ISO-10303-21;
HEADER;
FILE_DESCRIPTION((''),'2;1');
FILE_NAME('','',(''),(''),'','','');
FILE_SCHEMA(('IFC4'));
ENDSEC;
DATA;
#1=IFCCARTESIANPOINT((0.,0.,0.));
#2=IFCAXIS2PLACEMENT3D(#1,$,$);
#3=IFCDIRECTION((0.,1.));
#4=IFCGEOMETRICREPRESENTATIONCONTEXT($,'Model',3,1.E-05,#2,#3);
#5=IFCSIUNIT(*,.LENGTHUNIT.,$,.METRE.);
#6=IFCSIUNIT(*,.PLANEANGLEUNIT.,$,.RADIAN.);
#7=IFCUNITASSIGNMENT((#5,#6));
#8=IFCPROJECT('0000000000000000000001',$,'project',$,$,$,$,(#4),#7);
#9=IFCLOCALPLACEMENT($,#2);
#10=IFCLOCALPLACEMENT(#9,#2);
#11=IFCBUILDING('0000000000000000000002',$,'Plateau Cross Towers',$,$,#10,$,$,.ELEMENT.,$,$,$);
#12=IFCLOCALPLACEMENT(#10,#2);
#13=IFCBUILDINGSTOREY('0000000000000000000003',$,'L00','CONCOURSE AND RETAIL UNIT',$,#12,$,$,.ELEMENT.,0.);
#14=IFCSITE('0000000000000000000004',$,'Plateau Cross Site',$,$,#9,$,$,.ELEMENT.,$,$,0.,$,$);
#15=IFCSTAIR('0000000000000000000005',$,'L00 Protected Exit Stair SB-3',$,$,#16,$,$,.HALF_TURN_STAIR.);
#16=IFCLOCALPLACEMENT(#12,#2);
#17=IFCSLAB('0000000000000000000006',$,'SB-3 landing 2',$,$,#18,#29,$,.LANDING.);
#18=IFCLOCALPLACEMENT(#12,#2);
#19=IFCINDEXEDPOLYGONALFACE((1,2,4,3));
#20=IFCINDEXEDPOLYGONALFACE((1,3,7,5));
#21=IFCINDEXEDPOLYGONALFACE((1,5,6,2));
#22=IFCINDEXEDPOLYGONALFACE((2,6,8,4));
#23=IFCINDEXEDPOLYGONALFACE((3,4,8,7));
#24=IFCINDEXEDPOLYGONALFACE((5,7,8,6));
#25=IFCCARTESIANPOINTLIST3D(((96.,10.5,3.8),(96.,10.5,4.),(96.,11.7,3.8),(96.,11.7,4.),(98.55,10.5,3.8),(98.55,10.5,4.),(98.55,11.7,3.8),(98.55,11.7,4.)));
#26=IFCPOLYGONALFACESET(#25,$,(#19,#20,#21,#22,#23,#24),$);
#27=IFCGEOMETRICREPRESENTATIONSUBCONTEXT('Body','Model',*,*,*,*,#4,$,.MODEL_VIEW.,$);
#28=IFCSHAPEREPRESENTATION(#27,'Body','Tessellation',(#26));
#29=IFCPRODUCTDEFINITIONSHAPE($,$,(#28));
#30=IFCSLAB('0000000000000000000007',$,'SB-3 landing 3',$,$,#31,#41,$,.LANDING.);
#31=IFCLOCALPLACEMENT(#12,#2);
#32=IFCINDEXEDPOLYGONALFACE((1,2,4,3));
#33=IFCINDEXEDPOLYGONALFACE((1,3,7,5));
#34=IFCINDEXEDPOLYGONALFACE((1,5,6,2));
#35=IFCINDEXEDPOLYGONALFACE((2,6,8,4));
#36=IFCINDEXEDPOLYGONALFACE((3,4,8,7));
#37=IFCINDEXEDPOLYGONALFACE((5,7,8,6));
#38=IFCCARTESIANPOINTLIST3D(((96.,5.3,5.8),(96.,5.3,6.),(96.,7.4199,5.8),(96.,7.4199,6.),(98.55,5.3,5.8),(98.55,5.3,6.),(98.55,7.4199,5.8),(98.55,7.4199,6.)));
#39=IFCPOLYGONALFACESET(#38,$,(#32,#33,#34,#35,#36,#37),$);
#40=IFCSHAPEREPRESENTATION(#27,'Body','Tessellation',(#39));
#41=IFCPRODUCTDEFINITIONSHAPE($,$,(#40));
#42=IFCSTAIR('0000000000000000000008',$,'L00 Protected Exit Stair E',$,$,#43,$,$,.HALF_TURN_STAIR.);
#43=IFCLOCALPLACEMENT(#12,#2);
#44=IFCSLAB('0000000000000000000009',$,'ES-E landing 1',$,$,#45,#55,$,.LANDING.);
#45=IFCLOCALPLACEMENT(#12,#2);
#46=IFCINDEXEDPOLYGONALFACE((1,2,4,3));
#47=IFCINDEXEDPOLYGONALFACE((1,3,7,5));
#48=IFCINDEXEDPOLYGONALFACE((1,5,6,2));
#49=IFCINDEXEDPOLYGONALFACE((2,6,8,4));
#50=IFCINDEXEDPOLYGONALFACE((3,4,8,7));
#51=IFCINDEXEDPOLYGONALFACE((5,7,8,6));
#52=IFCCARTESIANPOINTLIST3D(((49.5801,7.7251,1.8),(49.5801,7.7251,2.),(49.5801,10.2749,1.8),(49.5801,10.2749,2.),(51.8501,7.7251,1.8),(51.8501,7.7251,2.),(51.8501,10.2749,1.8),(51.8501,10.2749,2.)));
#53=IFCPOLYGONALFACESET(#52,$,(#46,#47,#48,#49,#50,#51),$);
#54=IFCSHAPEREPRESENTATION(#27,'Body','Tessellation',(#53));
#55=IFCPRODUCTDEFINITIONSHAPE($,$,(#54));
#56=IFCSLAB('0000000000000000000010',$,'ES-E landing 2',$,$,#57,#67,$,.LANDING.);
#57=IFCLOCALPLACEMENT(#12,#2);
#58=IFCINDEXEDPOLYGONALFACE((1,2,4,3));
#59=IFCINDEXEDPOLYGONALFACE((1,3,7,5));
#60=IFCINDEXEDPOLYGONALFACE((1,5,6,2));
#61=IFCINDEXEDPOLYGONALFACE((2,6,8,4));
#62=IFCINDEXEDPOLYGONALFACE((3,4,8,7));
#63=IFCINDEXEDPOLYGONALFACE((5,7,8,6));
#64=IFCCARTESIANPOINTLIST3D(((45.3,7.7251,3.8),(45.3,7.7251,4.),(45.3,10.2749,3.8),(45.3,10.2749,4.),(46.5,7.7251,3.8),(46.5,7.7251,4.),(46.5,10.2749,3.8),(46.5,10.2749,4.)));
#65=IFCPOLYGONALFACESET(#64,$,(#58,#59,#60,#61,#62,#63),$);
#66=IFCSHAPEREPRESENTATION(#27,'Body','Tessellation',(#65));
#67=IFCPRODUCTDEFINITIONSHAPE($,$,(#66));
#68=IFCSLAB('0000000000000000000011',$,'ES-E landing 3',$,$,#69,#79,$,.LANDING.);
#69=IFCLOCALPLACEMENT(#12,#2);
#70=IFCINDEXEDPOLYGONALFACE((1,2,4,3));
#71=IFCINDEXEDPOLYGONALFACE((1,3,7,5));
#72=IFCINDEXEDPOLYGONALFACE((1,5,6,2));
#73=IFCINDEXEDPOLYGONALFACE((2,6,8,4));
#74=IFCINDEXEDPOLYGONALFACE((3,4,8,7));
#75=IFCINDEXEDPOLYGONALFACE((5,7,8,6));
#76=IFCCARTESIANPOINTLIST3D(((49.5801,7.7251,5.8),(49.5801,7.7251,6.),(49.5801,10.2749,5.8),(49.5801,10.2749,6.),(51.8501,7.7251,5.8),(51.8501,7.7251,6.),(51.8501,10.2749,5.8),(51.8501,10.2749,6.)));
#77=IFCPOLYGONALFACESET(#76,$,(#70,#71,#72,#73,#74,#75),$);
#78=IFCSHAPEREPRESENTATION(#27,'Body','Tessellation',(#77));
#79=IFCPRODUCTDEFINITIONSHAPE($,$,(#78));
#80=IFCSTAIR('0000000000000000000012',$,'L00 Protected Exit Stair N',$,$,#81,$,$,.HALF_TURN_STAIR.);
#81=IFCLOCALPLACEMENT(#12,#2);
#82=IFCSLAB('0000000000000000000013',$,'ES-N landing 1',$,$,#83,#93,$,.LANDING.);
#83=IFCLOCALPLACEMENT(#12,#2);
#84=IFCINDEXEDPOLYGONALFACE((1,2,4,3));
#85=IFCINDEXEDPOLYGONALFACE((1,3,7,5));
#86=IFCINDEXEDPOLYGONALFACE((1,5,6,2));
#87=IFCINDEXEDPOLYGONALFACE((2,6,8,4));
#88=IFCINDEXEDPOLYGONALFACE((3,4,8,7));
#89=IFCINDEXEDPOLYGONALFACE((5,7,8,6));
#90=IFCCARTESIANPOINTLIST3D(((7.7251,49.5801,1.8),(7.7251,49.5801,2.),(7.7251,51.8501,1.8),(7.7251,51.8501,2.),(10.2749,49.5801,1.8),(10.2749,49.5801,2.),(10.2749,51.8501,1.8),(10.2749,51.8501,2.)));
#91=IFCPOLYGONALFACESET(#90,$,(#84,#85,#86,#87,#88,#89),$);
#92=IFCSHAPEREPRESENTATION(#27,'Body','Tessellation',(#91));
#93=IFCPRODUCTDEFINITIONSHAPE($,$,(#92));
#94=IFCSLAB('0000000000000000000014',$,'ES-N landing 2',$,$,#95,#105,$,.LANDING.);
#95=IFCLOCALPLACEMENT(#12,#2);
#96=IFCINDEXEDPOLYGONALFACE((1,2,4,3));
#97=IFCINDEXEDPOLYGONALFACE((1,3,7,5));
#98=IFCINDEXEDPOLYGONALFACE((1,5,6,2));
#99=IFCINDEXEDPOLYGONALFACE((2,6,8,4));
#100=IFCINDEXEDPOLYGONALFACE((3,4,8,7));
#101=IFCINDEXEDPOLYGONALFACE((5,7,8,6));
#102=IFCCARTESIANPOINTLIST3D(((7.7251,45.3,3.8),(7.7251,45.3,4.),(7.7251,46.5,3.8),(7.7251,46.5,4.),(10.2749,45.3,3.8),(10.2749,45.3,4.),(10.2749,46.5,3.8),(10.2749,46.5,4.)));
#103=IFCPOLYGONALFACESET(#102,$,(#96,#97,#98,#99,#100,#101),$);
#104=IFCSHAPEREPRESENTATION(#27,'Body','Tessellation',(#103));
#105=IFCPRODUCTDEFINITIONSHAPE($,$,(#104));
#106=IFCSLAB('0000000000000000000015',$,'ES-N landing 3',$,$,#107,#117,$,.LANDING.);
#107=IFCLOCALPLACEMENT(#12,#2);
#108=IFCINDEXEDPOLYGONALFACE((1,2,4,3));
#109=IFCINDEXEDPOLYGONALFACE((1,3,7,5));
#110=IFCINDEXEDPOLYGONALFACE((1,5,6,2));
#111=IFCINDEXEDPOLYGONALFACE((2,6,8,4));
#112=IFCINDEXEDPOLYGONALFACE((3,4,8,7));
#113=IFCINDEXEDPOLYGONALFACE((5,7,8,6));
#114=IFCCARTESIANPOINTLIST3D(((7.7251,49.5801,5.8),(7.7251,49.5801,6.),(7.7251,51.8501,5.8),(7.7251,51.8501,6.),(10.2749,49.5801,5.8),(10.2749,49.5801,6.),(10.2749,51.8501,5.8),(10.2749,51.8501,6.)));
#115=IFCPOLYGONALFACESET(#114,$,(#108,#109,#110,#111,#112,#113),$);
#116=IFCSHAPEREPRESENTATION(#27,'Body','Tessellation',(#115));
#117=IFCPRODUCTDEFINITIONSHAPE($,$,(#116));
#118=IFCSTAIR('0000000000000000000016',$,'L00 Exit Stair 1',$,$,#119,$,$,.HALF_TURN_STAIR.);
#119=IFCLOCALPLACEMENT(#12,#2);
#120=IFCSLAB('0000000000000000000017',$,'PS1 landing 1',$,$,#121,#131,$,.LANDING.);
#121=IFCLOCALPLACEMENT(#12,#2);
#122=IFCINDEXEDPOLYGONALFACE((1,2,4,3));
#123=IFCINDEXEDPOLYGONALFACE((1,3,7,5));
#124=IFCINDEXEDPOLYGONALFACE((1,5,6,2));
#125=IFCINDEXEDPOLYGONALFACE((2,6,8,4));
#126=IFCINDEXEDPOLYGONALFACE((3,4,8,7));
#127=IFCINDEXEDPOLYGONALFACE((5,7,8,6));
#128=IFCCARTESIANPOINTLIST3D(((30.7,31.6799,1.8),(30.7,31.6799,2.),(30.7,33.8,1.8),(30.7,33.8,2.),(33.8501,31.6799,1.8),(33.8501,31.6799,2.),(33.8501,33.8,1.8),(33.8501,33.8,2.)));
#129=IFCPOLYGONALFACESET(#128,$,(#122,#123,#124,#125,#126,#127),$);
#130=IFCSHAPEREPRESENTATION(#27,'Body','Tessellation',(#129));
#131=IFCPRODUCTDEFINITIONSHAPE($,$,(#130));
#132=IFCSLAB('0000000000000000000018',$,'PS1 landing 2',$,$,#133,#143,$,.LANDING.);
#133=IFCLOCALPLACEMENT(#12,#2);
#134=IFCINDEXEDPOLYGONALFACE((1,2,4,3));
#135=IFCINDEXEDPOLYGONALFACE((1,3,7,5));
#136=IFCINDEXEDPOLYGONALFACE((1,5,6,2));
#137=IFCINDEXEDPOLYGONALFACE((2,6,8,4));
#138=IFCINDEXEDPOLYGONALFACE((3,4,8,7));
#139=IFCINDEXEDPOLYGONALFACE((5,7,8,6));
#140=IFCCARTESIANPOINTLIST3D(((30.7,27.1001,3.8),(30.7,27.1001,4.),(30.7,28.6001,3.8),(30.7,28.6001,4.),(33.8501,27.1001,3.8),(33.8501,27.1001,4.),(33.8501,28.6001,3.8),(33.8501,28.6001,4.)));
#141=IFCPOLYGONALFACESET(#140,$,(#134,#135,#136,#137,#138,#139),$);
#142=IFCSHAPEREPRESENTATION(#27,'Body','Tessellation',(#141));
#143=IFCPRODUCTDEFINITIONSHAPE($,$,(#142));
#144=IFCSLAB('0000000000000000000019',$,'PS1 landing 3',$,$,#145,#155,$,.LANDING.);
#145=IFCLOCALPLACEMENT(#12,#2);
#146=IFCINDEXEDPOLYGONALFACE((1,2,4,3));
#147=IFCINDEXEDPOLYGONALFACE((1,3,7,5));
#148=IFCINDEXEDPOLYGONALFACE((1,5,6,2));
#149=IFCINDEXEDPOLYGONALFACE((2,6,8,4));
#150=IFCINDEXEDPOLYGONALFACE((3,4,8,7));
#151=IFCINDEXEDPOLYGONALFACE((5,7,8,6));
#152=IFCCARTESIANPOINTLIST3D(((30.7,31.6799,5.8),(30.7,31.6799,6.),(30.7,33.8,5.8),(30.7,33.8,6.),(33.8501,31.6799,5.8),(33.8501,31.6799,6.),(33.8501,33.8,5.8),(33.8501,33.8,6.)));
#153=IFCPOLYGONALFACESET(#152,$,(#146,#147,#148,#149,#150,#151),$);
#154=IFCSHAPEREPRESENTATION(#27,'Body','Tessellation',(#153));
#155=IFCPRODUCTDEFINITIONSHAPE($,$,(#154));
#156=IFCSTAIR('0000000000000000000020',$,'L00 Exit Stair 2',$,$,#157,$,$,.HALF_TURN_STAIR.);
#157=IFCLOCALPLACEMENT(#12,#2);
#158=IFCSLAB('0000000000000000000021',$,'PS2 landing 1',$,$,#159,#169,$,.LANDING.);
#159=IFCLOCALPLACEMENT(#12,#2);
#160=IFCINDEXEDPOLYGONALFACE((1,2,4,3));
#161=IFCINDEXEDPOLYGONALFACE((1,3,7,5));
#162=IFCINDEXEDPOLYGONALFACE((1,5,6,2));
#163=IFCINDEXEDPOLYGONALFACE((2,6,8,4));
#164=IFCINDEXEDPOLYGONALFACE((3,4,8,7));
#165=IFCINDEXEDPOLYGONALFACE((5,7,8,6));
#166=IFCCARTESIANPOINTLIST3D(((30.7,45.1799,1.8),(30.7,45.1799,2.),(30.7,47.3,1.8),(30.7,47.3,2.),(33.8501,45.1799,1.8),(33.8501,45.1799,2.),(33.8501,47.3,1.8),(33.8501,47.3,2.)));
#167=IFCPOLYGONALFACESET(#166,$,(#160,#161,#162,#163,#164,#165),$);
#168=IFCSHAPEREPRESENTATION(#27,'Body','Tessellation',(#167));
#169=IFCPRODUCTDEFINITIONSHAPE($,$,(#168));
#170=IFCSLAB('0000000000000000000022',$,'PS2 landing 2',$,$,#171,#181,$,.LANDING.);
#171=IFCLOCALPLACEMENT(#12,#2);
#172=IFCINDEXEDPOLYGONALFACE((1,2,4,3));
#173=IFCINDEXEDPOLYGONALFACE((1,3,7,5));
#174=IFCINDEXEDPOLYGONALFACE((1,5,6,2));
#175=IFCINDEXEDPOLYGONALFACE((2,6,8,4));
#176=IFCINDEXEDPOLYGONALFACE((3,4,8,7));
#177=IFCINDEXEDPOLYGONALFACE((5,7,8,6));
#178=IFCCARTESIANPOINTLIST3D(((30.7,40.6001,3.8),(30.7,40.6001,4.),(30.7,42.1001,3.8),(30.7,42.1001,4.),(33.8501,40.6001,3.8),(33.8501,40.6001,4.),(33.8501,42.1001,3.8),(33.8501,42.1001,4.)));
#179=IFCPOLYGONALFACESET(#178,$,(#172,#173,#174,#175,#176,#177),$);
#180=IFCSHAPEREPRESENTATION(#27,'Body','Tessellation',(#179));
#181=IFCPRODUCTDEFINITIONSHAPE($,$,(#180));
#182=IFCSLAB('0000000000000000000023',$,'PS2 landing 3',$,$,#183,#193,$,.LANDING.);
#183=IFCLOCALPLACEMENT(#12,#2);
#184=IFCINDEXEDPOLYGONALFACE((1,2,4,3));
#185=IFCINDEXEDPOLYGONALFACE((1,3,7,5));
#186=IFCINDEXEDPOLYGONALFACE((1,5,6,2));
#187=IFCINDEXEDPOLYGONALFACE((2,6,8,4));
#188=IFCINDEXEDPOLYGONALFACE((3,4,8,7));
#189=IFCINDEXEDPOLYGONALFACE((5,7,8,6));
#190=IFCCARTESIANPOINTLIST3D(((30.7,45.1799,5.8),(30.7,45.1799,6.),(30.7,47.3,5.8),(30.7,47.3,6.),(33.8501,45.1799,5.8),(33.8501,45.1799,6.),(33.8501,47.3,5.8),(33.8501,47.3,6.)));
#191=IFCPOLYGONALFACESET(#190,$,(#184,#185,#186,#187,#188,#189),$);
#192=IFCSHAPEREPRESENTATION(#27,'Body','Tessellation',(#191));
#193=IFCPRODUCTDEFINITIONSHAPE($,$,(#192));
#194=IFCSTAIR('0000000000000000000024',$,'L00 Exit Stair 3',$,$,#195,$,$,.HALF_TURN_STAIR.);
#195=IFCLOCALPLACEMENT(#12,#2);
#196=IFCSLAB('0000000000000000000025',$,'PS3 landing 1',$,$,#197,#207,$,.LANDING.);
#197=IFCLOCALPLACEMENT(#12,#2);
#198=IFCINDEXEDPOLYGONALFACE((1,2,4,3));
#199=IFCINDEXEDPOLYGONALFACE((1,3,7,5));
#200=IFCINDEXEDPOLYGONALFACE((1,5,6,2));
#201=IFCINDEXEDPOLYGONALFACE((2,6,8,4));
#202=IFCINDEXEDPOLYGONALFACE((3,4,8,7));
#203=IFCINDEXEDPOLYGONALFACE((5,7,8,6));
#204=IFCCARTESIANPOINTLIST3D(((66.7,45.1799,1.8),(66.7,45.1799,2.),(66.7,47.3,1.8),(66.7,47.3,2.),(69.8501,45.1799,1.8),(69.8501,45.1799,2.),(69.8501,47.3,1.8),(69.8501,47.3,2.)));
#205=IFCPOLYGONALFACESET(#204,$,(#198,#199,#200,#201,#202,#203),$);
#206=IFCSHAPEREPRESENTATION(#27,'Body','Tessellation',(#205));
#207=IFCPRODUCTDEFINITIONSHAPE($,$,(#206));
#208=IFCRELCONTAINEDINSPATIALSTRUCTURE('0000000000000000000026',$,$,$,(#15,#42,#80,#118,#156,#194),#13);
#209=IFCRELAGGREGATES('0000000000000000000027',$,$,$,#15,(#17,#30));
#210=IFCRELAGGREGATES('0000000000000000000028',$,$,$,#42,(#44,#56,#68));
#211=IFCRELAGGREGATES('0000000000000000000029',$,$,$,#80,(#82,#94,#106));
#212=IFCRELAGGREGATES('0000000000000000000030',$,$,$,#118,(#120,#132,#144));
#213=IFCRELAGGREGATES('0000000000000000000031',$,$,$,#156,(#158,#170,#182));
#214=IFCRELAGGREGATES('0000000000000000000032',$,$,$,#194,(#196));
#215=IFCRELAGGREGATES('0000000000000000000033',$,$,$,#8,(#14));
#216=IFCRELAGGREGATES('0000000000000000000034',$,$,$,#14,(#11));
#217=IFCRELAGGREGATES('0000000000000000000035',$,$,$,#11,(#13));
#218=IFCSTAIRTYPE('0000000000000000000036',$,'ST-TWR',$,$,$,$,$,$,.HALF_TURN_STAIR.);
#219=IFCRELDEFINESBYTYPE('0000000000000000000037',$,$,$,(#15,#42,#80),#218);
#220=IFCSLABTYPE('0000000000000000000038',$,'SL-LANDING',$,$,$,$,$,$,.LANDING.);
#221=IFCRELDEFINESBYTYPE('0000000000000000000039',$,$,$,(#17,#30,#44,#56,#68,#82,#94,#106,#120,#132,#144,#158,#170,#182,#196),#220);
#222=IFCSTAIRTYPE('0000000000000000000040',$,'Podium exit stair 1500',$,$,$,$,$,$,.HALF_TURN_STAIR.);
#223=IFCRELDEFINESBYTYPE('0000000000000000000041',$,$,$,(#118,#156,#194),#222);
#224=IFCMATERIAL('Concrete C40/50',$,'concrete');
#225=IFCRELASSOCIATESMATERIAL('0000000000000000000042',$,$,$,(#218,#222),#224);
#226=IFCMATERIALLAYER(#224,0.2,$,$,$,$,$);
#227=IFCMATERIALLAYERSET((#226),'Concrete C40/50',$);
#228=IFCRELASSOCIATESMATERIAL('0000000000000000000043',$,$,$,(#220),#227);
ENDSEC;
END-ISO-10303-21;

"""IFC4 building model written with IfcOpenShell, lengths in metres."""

from ifc_helpers import new_model, si_unit, direction, frame, origin, place, context, subcontext, project, spatial, polyline, outline, extrude, material, layer, layer_set, type_object, element, aggregate, save


model = new_model("IFC4")

# Units and contexts
model_context = context("Model", 3, precision=1e-05, world=origin(), true_north=direction((0.0, 1.0)))
body_context = subcontext(model_context, "Body", "Model", "MODEL_VIEW")
ifc_project = project(units=[si_unit("LENGTHUNIT", "METRE"), si_unit("PLANEANGLEUNIT", "RADIAN")], contexts=[model_context])

# Site, building, storey
site_placement = place(None, origin())
site = spatial("IfcSite", under=ifc_project, at=site_placement, Name="Plateau Cross Site", CompositionType="ELEMENT", RefElevation=0.0)
building_placement = place(site_placement, origin())
building = spatial("IfcBuilding", under=site, at=building_placement, Name="Plateau Cross Towers", CompositionType="ELEMENT")
storey_placement = place(building_placement, origin())
storey = spatial("IfcBuildingStorey", under=building, at=storey_placement, Name="L00", Description="CONCOURSE AND RETAIL UNIT", CompositionType="ELEMENT", Elevation=0.0)

# Stairs, slabs
ifc_material_1 = material(Name="Concrete C40/50", Category="concrete")
stair_type_1 = type_object("IfcStairType", Name="ST-TWR", PredefinedType="HALF_TURN_STAIR", material=ifc_material_1)
ifc_layer_1 = layer(ifc_material_1, 0.2)
ifc_layer_set_1 = layer_set([ifc_layer_1], Name="Concrete C40/50")
slab_type = type_object("IfcSlabType", Name="SL-LANDING", PredefinedType="LANDING", material=ifc_layer_set_1)
stair_1_placement = place(storey_placement, origin())
stair_1 = element("IfcStair", 1, at=stair_1_placement, inside=storey, type_object=stair_type_1, Name="L00 Protected Exit Stair SB-3", PredefinedType="HALF_TURN_STAIR")
slab_1_placement = place(storey_placement, frame((0.0, 0.0, 3.8)))
slab_1 = element("IfcSlab", 2, at=slab_1_placement, type_object=slab_type, Name="SB-3 landing 2", PredefinedType="LANDING", context=body_context, shape_type="SweptSolid", body=[
    extrude(outline(polyline([(96.0, 11.7), (96.0, 10.5), (98.55, 10.5), (98.55, 11.7), (96.0, 11.7)])), origin(), (0.0, 0.0, 1.0), 0.2),
])
slab_2_placement = place(storey_placement, frame((0.0, 0.0, 5.8)))
slab_2 = element("IfcSlab", 3, at=slab_2_placement, type_object=slab_type, Name="SB-3 landing 3", PredefinedType="LANDING", context=body_context, shape_type="SweptSolid", body=[
    extrude(outline(polyline([(96.0, 7.4199), (96.0, 5.3), (98.55, 5.3), (98.55, 7.4199), (96.0, 7.4199)])), origin(), (0.0, 0.0, 1.0), 0.2),
])
aggregate(stair_1, [slab_1, slab_2])
stair_2_placement = place(storey_placement, origin())
stair_2 = element("IfcStair", 4, at=stair_2_placement, inside=storey, type_object=stair_type_1, Name="L00 Protected Exit Stair E", PredefinedType="HALF_TURN_STAIR")
slab_3_placement = place(storey_placement, frame((0.0, 0.0, 1.8)))
slab_3 = element("IfcSlab", 5, at=slab_3_placement, type_object=slab_type, Name="ES-E landing 1", PredefinedType="LANDING", context=body_context, shape_type="SweptSolid", body=[
    extrude(outline(polyline([(49.5801, 7.7251), (51.8501, 7.7251), (51.8501, 10.2749), (49.5801, 10.2749), (49.5801, 7.7251)])), origin(), (0.0, 0.0, 1.0), 0.2),
])
slab_4_placement = place(storey_placement, frame((0.0, 0.0, 3.8)))
slab_4 = element("IfcSlab", 6, at=slab_4_placement, type_object=slab_type, Name="ES-E landing 2", PredefinedType="LANDING", context=body_context, shape_type="SweptSolid", body=[
    extrude(outline(polyline([(45.3, 7.7251), (46.5, 7.7251), (46.5, 10.2749), (45.3, 10.2749), (45.3, 7.7251)])), origin(), (0.0, 0.0, 1.0), 0.2),
])
slab_5_placement = place(storey_placement, frame((0.0, 0.0, 5.8)))
slab_5 = element("IfcSlab", 7, at=slab_5_placement, type_object=slab_type, Name="ES-E landing 3", PredefinedType="LANDING", context=body_context, shape_type="SweptSolid", body=[
    extrude(outline(polyline([(49.5801, 7.7251), (51.8501, 7.7251), (51.8501, 10.2749), (49.5801, 10.2749), (49.5801, 7.7251)])), origin(), (0.0, 0.0, 1.0), 0.2),
])
aggregate(stair_2, [slab_3, slab_4, slab_5])
stair_3_placement = place(storey_placement, origin())
stair_3 = element("IfcStair", 8, at=stair_3_placement, inside=storey, type_object=stair_type_1, Name="L00 Protected Exit Stair N", PredefinedType="HALF_TURN_STAIR")
slab_6_placement = place(storey_placement, frame((0.0, 0.0, 1.8)))
slab_6 = element("IfcSlab", 9, at=slab_6_placement, type_object=slab_type, Name="ES-N landing 1", PredefinedType="LANDING", context=body_context, shape_type="SweptSolid", body=[
    extrude(outline(polyline([(10.2749, 49.5801), (10.2749, 51.8501), (7.7251, 51.8501), (7.7251, 49.5801), (10.2749, 49.5801)])), origin(), (0.0, 0.0, 1.0), 0.2),
])
slab_7_placement = place(storey_placement, frame((0.0, 0.0, 3.8)))
slab_7 = element("IfcSlab", 10, at=slab_7_placement, type_object=slab_type, Name="ES-N landing 2", PredefinedType="LANDING", context=body_context, shape_type="SweptSolid", body=[
    extrude(outline(polyline([(10.2749, 45.3), (10.2749, 46.5), (7.7251, 46.5), (7.7251, 45.3), (10.2749, 45.3)])), origin(), (0.0, 0.0, 1.0), 0.2),
])
slab_8_placement = place(storey_placement, frame((0.0, 0.0, 5.8)))
slab_8 = element("IfcSlab", 11, at=slab_8_placement, type_object=slab_type, Name="ES-N landing 3", PredefinedType="LANDING", context=body_context, shape_type="SweptSolid", body=[
    extrude(outline(polyline([(10.2749, 49.5801), (10.2749, 51.8501), (7.7251, 51.8501), (7.7251, 49.5801), (10.2749, 49.5801)])), origin(), (0.0, 0.0, 1.0), 0.2),
])
aggregate(stair_3, [slab_6, slab_7, slab_8])
stair_type_2 = type_object("IfcStairType", Name="Podium exit stair 1500", PredefinedType="HALF_TURN_STAIR", material=ifc_material_1)
stair_4_placement = place(storey_placement, origin())
stair_4 = element("IfcStair", 12, at=stair_4_placement, inside=storey, type_object=stair_type_2, Name="L00 Exit Stair 1", PredefinedType="HALF_TURN_STAIR")
slab_9_placement = place(storey_placement, frame((0.0, 0.0, 1.8)))
slab_9 = element("IfcSlab", 13, at=slab_9_placement, type_object=slab_type, Name="PS1 landing 1", PredefinedType="LANDING", context=body_context, shape_type="SweptSolid", body=[
    extrude(outline(polyline([(33.8501, 31.6799), (33.8501, 33.8), (30.7, 33.8), (30.7, 31.6799), (33.8501, 31.6799)])), origin(), (0.0, 0.0, 1.0), 0.2),
])
slab_10_placement = place(storey_placement, frame((0.0, 0.0, 3.8)))
slab_10 = element("IfcSlab", 14, at=slab_10_placement, type_object=slab_type, Name="PS1 landing 2", PredefinedType="LANDING", context=body_context, shape_type="SweptSolid", body=[
    extrude(outline(polyline([(33.8501, 27.1001), (33.8501, 28.6001), (30.7, 28.6001), (30.7, 27.1001), (33.8501, 27.1001)])), origin(), (0.0, 0.0, 1.0), 0.2),
])
slab_11_placement = place(storey_placement, frame((0.0, 0.0, 5.8)))
slab_11 = element("IfcSlab", 15, at=slab_11_placement, type_object=slab_type, Name="PS1 landing 3", PredefinedType="LANDING", context=body_context, shape_type="SweptSolid", body=[
    extrude(outline(polyline([(33.8501, 31.6799), (33.8501, 33.8), (30.7, 33.8), (30.7, 31.6799), (33.8501, 31.6799)])), origin(), (0.0, 0.0, 1.0), 0.2),
])
aggregate(stair_4, [slab_9, slab_10, slab_11])
stair_5_placement = place(storey_placement, origin())
stair_5 = element("IfcStair", 16, at=stair_5_placement, inside=storey, type_object=stair_type_2, Name="L00 Exit Stair 2", PredefinedType="HALF_TURN_STAIR")
slab_12_placement = place(storey_placement, frame((0.0, 0.0, 1.8)))
slab_12 = element("IfcSlab", 17, at=slab_12_placement, type_object=slab_type, Name="PS2 landing 1", PredefinedType="LANDING", context=body_context, shape_type="SweptSolid", body=[
    extrude(outline(polyline([(33.8501, 45.1799), (33.8501, 47.3), (30.7, 47.3), (30.7, 45.1799), (33.8501, 45.1799)])), origin(), (0.0, 0.0, 1.0), 0.2),
])
slab_13_placement = place(storey_placement, frame((0.0, 0.0, 3.8)))
slab_13 = element("IfcSlab", 18, at=slab_13_placement, type_object=slab_type, Name="PS2 landing 2", PredefinedType="LANDING", context=body_context, shape_type="SweptSolid", body=[
    extrude(outline(polyline([(33.8501, 40.6001), (33.8501, 42.1001), (30.7, 42.1001), (30.7, 40.6001), (33.8501, 40.6001)])), origin(), (0.0, 0.0, 1.0), 0.2),
])
slab_14_placement = place(storey_placement, frame((0.0, 0.0, 5.8)))
slab_14 = element("IfcSlab", 19, at=slab_14_placement, type_object=slab_type, Name="PS2 landing 3", PredefinedType="LANDING", context=body_context, shape_type="SweptSolid", body=[
    extrude(outline(polyline([(33.8501, 45.1799), (33.8501, 47.3), (30.7, 47.3), (30.7, 45.1799), (33.8501, 45.1799)])), origin(), (0.0, 0.0, 1.0), 0.2),
])
aggregate(stair_5, [slab_12, slab_13, slab_14])
stair_6_placement = place(storey_placement, origin())
stair_6 = element("IfcStair", 20, at=stair_6_placement, inside=storey, type_object=stair_type_2, Name="L00 Exit Stair 3", PredefinedType="HALF_TURN_STAIR")
slab_15_placement = place(storey_placement, frame((0.0, 0.0, 1.8)))
slab_15 = element("IfcSlab", 21, at=slab_15_placement, type_object=slab_type, Name="PS3 landing 1", PredefinedType="LANDING", context=body_context, shape_type="SweptSolid", body=[
    extrude(outline(polyline([(69.8501, 45.1799), (69.8501, 47.3), (66.7, 47.3), (66.7, 45.1799), (69.8501, 45.1799)])), origin(), (0.0, 0.0, 1.0), 0.2),
])
aggregate(stair_6, [slab_15])

save(model, "model.ifc")
